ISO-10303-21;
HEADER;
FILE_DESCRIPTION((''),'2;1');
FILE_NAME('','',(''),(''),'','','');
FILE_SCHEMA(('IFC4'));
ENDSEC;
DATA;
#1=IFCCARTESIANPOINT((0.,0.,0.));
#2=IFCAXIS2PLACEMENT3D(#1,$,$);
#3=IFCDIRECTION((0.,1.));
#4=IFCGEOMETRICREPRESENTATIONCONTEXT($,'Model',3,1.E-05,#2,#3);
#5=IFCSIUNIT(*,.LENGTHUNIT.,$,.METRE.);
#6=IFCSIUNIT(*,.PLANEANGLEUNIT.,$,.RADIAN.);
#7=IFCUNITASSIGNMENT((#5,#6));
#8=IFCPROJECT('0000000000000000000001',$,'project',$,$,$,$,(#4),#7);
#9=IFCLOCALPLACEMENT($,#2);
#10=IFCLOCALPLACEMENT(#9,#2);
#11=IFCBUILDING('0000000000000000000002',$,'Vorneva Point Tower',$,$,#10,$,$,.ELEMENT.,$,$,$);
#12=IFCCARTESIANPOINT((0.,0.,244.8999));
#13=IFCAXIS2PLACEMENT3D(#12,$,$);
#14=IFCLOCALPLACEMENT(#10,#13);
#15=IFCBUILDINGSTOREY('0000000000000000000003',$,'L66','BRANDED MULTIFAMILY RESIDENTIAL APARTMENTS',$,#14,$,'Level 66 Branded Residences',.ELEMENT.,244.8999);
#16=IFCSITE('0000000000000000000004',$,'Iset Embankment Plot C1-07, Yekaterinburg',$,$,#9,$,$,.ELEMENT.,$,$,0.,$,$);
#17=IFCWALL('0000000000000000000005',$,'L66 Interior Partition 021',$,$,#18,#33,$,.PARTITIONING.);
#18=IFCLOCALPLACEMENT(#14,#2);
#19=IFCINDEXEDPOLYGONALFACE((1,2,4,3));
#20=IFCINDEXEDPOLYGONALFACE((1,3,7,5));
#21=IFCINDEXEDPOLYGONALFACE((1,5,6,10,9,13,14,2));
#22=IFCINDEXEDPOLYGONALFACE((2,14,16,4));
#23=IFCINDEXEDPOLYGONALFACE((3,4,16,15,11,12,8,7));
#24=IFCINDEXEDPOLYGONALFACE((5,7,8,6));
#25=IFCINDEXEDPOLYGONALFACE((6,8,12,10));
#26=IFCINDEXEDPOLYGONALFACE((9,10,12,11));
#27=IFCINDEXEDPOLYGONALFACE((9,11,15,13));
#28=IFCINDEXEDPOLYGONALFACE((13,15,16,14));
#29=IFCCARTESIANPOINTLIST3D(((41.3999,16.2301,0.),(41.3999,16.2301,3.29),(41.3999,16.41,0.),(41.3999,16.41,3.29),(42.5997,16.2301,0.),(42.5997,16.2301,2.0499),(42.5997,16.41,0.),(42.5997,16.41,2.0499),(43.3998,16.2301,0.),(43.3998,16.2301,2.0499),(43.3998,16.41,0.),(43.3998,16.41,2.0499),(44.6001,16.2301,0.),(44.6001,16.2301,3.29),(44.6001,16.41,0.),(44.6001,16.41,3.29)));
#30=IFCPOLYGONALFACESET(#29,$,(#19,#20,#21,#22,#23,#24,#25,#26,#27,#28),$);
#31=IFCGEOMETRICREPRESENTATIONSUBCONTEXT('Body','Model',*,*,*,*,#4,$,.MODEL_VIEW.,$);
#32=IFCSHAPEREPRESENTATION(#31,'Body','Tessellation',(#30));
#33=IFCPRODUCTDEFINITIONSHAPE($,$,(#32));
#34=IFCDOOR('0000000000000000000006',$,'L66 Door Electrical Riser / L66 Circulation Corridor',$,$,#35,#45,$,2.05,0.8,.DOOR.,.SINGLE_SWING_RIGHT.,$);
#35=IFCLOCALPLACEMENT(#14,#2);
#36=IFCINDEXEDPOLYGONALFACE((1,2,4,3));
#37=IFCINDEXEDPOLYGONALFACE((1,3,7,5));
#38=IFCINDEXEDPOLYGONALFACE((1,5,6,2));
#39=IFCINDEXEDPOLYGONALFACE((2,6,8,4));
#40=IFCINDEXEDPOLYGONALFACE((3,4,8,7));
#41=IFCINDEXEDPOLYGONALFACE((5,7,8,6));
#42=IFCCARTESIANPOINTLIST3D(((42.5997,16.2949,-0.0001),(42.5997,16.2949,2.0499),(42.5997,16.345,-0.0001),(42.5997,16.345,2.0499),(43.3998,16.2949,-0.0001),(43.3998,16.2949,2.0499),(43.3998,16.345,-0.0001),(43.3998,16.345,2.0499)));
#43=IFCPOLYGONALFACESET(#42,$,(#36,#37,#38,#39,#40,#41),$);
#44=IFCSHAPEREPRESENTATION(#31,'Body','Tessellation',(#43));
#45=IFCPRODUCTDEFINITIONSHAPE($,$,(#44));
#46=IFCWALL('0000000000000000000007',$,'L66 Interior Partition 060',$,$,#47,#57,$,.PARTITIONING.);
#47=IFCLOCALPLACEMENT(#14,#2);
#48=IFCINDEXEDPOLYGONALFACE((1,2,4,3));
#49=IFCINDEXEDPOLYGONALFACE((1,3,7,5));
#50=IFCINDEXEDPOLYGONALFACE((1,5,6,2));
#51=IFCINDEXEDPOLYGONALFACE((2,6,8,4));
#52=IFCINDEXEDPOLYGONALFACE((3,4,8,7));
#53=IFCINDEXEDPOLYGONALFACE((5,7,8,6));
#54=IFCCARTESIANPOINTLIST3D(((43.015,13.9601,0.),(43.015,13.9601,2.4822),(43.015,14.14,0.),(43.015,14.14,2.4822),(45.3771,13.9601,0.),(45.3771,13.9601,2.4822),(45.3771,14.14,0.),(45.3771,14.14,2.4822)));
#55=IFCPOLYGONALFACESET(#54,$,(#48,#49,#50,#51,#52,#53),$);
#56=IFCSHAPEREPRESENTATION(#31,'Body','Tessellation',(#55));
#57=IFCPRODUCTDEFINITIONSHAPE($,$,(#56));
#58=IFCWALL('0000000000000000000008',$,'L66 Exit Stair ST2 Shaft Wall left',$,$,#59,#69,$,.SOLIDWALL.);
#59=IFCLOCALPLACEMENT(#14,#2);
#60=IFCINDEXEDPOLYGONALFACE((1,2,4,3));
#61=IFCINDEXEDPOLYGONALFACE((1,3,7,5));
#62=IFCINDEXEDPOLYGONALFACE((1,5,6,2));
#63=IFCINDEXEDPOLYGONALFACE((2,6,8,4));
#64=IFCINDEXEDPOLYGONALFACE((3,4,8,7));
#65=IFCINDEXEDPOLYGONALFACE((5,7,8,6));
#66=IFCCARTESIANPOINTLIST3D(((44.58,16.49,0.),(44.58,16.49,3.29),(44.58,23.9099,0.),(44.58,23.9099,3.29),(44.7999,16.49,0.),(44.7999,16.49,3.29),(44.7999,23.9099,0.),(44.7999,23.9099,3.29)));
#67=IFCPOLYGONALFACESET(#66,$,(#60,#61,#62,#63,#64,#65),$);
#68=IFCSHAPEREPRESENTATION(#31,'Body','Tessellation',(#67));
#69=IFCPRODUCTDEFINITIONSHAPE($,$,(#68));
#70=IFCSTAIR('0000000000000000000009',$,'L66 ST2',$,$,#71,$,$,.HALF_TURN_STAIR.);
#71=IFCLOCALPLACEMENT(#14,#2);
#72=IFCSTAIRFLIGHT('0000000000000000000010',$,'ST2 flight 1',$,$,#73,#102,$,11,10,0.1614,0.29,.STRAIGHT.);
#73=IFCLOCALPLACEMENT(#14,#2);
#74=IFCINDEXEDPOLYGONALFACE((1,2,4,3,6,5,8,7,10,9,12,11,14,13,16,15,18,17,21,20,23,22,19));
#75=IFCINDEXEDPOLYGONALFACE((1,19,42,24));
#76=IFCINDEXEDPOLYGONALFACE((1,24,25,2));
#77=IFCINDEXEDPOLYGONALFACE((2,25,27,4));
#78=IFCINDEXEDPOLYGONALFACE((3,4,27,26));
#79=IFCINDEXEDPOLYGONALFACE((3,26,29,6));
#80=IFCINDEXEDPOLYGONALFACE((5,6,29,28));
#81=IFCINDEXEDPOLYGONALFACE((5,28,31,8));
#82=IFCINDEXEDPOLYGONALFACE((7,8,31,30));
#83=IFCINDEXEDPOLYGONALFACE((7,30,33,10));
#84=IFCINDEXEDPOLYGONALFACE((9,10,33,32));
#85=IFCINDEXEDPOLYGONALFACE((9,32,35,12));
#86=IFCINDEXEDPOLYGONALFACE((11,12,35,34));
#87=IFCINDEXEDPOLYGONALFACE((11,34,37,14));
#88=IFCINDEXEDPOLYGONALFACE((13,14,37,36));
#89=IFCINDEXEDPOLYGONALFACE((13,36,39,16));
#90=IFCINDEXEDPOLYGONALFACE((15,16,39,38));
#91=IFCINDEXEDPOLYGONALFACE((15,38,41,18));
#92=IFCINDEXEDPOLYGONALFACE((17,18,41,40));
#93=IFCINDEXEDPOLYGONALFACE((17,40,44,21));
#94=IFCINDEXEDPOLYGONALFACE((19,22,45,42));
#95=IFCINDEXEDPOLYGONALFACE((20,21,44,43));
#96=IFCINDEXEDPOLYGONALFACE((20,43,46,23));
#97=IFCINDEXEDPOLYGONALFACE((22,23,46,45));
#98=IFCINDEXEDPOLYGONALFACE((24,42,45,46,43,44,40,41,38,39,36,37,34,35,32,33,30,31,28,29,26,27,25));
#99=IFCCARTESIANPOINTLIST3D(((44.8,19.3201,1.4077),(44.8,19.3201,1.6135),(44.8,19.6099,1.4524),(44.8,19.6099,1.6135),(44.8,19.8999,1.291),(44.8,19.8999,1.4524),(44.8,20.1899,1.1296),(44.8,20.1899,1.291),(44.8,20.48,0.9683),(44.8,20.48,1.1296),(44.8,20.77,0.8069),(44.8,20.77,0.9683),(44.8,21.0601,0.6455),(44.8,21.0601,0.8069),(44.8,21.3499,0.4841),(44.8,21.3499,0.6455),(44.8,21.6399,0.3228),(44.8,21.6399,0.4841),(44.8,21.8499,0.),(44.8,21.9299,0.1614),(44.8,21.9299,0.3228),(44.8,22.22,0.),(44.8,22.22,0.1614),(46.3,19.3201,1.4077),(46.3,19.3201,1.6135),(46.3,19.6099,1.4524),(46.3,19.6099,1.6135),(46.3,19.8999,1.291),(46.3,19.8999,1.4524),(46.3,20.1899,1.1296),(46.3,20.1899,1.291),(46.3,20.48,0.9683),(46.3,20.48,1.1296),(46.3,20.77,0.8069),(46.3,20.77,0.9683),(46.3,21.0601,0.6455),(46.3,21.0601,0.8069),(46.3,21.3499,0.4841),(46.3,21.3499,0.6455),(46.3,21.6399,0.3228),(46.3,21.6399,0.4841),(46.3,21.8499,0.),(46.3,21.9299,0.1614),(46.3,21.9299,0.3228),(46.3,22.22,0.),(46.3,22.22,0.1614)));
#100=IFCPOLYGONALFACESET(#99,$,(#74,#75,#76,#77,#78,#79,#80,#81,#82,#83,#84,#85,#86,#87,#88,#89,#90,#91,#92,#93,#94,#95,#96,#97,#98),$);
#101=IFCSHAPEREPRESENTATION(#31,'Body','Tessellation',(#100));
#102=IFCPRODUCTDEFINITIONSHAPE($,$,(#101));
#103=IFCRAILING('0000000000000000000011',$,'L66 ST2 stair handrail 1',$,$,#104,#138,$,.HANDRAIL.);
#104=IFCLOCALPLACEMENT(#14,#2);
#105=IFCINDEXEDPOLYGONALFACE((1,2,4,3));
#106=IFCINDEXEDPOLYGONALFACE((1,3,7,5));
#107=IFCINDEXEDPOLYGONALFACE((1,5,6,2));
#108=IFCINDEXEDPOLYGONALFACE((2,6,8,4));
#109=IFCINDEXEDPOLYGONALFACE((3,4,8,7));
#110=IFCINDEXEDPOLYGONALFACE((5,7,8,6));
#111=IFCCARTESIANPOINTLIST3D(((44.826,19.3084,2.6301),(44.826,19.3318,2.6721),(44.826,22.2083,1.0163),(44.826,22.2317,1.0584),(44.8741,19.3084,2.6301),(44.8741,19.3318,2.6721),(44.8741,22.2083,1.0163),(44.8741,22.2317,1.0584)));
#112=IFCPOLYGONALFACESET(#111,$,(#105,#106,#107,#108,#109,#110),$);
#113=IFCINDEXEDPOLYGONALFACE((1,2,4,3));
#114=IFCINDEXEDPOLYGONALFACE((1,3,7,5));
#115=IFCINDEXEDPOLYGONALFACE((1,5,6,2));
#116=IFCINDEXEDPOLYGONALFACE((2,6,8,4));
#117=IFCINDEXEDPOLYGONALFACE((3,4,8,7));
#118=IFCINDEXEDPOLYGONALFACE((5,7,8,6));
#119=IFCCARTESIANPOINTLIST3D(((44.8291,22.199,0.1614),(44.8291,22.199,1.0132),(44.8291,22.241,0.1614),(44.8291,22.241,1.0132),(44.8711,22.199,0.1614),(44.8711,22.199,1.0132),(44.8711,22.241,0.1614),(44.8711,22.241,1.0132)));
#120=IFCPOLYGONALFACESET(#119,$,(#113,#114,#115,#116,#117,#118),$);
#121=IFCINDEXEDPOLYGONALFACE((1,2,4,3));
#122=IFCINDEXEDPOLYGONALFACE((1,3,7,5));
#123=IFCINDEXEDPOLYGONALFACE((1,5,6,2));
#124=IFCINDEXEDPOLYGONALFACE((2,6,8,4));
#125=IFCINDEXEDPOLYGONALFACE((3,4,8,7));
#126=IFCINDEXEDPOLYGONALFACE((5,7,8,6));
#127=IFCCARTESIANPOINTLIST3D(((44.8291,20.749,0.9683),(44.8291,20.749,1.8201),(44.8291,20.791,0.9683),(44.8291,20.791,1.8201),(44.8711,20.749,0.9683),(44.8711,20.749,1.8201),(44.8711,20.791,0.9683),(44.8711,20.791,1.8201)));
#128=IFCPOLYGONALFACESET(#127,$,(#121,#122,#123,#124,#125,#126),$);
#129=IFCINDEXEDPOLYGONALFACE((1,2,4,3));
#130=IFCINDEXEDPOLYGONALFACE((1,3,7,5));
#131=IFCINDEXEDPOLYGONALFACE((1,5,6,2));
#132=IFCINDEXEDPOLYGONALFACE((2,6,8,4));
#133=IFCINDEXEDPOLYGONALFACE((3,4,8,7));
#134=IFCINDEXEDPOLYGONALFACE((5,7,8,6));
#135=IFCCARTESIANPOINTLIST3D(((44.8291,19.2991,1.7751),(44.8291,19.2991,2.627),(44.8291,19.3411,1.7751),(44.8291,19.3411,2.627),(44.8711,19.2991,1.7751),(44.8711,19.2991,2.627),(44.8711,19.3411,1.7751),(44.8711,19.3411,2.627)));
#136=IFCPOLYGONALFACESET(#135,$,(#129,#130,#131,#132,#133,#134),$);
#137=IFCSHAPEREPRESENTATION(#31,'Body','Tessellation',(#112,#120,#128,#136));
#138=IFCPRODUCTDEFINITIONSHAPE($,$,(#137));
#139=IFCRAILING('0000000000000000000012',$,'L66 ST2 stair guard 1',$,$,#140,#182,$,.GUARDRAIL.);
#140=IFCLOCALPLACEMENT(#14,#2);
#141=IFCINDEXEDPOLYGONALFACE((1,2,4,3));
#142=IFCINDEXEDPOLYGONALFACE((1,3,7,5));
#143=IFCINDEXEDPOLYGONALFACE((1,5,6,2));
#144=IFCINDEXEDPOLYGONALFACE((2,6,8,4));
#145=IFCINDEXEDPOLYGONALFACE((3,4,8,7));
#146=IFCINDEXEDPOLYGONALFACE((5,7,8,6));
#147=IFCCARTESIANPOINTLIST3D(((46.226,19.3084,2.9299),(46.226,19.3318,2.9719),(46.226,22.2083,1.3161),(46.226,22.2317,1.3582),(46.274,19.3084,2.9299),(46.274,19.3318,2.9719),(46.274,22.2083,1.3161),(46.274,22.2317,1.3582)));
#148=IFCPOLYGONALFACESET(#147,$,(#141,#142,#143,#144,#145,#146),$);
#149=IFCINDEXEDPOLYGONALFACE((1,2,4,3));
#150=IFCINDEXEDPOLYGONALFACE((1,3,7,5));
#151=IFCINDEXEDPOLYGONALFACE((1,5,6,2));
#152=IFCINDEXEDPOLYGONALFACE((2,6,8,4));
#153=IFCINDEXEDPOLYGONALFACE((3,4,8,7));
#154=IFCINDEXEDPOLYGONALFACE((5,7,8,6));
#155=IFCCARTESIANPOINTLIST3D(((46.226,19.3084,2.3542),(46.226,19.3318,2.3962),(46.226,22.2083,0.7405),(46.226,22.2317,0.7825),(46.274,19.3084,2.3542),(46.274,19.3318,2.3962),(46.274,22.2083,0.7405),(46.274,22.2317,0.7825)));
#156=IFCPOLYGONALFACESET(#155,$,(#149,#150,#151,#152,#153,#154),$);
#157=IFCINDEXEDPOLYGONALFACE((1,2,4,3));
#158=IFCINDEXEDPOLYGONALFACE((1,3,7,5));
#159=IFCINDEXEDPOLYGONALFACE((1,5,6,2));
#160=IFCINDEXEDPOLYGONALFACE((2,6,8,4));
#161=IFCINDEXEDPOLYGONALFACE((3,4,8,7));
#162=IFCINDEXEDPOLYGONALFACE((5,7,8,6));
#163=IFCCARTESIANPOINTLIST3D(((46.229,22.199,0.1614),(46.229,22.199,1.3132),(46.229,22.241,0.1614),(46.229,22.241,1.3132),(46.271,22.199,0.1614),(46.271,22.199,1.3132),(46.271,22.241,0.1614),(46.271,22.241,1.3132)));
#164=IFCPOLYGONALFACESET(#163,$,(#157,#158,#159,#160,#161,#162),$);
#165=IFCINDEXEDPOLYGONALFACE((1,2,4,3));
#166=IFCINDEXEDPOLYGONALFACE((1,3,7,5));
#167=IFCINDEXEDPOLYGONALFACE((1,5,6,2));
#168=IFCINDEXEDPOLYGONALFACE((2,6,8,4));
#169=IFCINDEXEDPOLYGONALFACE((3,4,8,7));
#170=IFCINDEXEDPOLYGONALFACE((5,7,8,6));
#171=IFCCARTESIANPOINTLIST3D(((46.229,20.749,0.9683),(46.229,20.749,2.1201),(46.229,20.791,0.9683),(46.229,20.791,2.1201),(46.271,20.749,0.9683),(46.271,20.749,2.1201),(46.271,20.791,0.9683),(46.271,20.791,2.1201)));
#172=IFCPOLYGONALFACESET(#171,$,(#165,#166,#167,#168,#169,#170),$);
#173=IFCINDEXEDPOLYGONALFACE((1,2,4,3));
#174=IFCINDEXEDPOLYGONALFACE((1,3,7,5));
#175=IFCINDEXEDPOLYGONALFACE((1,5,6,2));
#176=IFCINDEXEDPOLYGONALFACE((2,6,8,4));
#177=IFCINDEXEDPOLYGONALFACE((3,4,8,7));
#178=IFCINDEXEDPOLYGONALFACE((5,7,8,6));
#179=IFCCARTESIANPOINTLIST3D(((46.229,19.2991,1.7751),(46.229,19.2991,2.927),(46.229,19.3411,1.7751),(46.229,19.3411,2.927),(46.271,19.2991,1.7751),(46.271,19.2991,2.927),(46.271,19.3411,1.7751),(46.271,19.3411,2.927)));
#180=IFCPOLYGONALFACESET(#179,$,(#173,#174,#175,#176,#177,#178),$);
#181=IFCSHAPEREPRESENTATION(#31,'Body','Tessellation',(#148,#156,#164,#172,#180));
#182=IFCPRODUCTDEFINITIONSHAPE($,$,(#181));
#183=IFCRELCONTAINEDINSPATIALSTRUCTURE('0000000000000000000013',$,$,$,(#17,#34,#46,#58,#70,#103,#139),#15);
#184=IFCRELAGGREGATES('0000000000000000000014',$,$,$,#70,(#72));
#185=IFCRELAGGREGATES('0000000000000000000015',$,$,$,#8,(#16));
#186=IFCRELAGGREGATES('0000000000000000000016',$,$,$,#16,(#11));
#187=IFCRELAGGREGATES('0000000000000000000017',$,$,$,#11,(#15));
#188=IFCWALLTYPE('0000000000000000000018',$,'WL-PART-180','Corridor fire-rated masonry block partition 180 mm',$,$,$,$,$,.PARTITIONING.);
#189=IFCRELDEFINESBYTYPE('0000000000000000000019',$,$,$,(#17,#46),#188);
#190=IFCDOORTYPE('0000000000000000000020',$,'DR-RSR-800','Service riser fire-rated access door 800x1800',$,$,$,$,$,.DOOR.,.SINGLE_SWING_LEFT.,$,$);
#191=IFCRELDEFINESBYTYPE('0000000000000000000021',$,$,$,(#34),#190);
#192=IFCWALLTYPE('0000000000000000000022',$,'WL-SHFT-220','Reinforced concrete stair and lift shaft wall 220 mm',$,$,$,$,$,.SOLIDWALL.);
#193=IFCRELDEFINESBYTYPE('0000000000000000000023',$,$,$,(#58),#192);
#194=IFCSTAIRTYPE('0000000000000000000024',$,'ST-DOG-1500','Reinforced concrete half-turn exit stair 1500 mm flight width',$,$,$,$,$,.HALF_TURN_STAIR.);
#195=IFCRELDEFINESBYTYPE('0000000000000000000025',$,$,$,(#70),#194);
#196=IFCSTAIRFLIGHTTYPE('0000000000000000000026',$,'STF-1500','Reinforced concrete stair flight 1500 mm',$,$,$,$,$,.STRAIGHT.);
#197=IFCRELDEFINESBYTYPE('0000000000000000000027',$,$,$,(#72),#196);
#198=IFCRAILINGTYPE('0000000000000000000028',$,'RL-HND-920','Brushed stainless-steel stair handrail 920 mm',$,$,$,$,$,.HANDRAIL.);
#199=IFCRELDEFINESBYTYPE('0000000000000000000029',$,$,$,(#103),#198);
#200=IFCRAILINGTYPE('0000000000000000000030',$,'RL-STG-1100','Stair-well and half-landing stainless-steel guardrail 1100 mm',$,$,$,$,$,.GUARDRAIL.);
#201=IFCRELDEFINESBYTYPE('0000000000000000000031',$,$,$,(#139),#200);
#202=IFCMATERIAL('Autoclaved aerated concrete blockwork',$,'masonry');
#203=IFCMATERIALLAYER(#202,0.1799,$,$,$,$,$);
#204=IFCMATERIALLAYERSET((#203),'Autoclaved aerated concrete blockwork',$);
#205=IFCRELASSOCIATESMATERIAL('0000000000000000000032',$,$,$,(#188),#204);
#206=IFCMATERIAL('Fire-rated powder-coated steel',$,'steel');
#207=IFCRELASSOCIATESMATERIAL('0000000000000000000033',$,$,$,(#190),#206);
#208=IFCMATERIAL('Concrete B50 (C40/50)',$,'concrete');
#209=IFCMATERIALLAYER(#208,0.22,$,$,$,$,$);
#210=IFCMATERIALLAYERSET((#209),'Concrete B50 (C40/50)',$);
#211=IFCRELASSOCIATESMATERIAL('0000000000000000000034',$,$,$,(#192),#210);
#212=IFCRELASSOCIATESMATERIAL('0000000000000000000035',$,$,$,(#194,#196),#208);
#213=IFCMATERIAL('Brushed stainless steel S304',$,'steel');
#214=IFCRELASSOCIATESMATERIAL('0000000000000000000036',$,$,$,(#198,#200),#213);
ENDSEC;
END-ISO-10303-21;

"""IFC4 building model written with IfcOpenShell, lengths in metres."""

from ifc_helpers import new_model, si_unit, direction, frame, frame_2d, origin, origin_2d, place, context, subcontext, project, spatial, polyline, rectangle, outline, extrude, material, layer, layer_set, type_object, element, fill, aggregate, save


model = new_model("IFC4")

# Units and contexts
model_context = context("Model", 3, precision=1e-05, world=origin(), true_north=direction((0.0, 1.0)))
body_context = subcontext(model_context, "Body", "Model", "MODEL_VIEW")
ifc_project = project(units=[si_unit("LENGTHUNIT", "METRE"), si_unit("PLANEANGLEUNIT", "RADIAN")], contexts=[model_context])

# Site, building, storey
site_placement = place(None, origin())
site = spatial("IfcSite", under=ifc_project, at=site_placement, Name="Iset Embankment Plot C1-07, Yekaterinburg", CompositionType="ELEMENT", RefElevation=0.0)
building_placement = place(site_placement, origin())
building = spatial("IfcBuilding", under=site, at=building_placement, Name="Vorneva Point Tower", CompositionType="ELEMENT")
storey_placement = place(building_placement, frame((0.0, 0.0, 244.8999)))
storey = spatial("IfcBuildingStorey", under=building, at=storey_placement, Name="L66", Description="BRANDED MULTIFAMILY RESIDENTIAL APARTMENTS", LongName="Level 66 Branded Residences", CompositionType="ELEMENT", Elevation=244.8999)

# Shared definitions
ifc_material_1 = material(Name="Concrete B50 (C40/50)", Category="concrete")

# Shared definitions
ifc_material_2 = material(Name="Autoclaved aerated concrete blockwork", Category="masonry")
ifc_layer_1 = layer(ifc_material_2, 0.1799)
ifc_layer_set_1 = layer_set([ifc_layer_1], Name="Autoclaved aerated concrete blockwork")
wall_type_1 = type_object("IfcWallType", Name="WL-PART-180", Description="Corridor fire-rated masonry block partition 180 mm", PredefinedType="PARTITIONING", material=ifc_layer_set_1)

# Wall, opening, door
ifc_material_3 = material(Name="Fire-rated powder-coated steel", Category="steel")
door_type_1 = type_object("IfcDoorType", Name="DR-RSR-800", Description="Service riser fire-rated access door 800x1800", OperationType="SINGLE_SWING_LEFT", PredefinedType="DOOR", material=ifc_material_3)
wall_1_placement = place(storey_placement, frame((41.3999, 16.3201, 0.0), z_axis=(0.0, 0.0, 1.0), x_axis=(1.0, 0.0, 0.0)))
wall_1 = element("IfcWall", 1, at=wall_1_placement, inside=storey, type_object=wall_type_1, Name="L66 Interior Partition 021", PredefinedType="PARTITIONING", context=body_context, shape_type="SweptSolid", body=[
    extrude(rectangle(XDim=3.2002, YDim=0.1799, at=frame_2d((1.6001, 0.0))), origin(), (0.0, 0.0, 1.0), 3.29),
])
opening_1_placement = place(wall_1_placement, frame((1.2, 0.0, 0.0)))
opening_1 = element("IfcOpeningElement", 2, at=opening_1_placement, cuts=wall_1, PredefinedType="OPENING", context=body_context, shape_type="SweptSolid", body=[
    extrude(rectangle(XDim=0.8, YDim=2.05, at=frame_2d((0.3999, 1.0249))), frame((0.0, 0.105, 0.0), z_axis=(0.0, -1.0, 0.0), x_axis=(1.0, 0.0, 0.0)), (0.0, 0.0, 1.0), 0.2097),
])
door_1_placement = place(opening_1_placement, origin())
door_1 = element("IfcDoor", 3, at=door_1_placement, inside=storey, type_object=door_type_1, Name="L66 Door Electrical Riser / L66 Circulation Corridor", OperationType="SINGLE_SWING_RIGHT", OverallHeight=2.05, OverallWidth=0.8, PredefinedType="DOOR", context=body_context, shape_type="SweptSolid", body=[
    extrude(rectangle(XDim=0.8, YDim=2.05, at=frame_2d((0.3999, 1.0249))), frame((0.0, 0.0249, 0.0), z_axis=(0.0, -1.0, 0.0), x_axis=(1.0, 0.0, 0.0)), (0.0, 0.0, 1.0), 0.05),
])
fill(opening_1, door_1)

# Wall
wall_2_placement = place(storey_placement, frame((43.0149, 14.05, 0.0), z_axis=(0.0, 0.0, 1.0), x_axis=(1.0, 0.0, 0.0)))
element("IfcWall", 4, at=wall_2_placement, inside=storey, type_object=wall_type_1, Name="L66 Interior Partition 060", PredefinedType="PARTITIONING", context=body_context, shape_type="SweptSolid", body=[
    extrude(rectangle(XDim=2.3621, YDim=0.1799, at=frame_2d((1.1812, 0.0))), origin(), (0.0, 0.0, 1.0), 2.4822),
])

# Shared definitions
ifc_layer_2 = layer(ifc_material_1, 0.22)
ifc_layer_set_2 = layer_set([ifc_layer_2], Name="Concrete B50 (C40/50)")
wall_type_2 = type_object("IfcWallType", Name="WL-SHFT-220", Description="Reinforced concrete stair and lift shaft wall 220 mm", PredefinedType="SOLIDWALL", material=ifc_layer_set_2)

# Wall
wall_3_placement = place(storey_placement, frame((44.6899, 16.49, 0.0), z_axis=(0.0, 0.0, 1.0), x_axis=(0.0, 1.0, 0.0)))
element("IfcWall", 5, at=wall_3_placement, inside=storey, type_object=wall_type_2, Name="L66 Exit Stair ST2 Shaft Wall left", PredefinedType="SOLIDWALL", context=body_context, shape_type="SweptSolid", body=[
    extrude(rectangle(XDim=7.4199, YDim=0.22, at=frame_2d((3.71, 0.0))), origin(), (0.0, 0.0, 1.0), 3.29),
])

# Stair, stair flight
stair_type = type_object("IfcStairType", Name="ST-DOG-1500", Description="Reinforced concrete half-turn exit stair 1500 mm flight width", PredefinedType="HALF_TURN_STAIR", material=ifc_material_1)
stair_placement = place(storey_placement, origin())
stair = element("IfcStair", 6, at=stair_placement, inside=storey, type_object=stair_type, Name="L66 ST2", PredefinedType="HALF_TURN_STAIR")
stair_flight_type = type_object("IfcStairFlightType", Name="STF-1500", Description="Reinforced concrete stair flight 1500 mm", PredefinedType="STRAIGHT", material=ifc_material_1)
stair_flight_placement = place(storey_placement, frame((45.55, 22.22, 0.0), z_axis=(0.0, 0.0, 1.0), x_axis=(0.0, -1.0, 0.0)))
stair_flight = element("IfcStairFlight", 7, at=stair_flight_placement, type_object=stair_flight_type, Name="ST2 flight 1", NumberOfRisers=11, NumberOfTreads=10, PredefinedType="STRAIGHT", RiserHeight=0.1614, TreadLength=0.29, context=body_context, shape_type="SweptSolid", body=[
    extrude(outline(polyline([(0.0, 0.0), (0.0, 0.1614), (0.29, 0.1614), (0.29, 0.3228), (0.5801, 0.3228), (0.5801, 0.4841), (0.8701, 0.4841), (0.8701, 0.6455), (1.1599, 0.6455), (1.1599, 0.8069), (1.45, 0.8069), (1.45, 0.9683), (1.74, 0.9683), (1.74, 1.1296), (2.03, 1.1296), (2.03, 1.291), (2.3201, 1.291), (2.3201, 1.4524), (2.6101, 1.4524), (2.6101, 1.6135), (2.8999, 1.6135), (2.8999, 1.7749), (2.8999, 1.4077), (0.3701, 0.0), (0.0, 0.0)])), frame((0.0, 0.75, 0.0), z_axis=(0.0, -1.0, 0.0), x_axis=(1.0, 0.0, 0.0)), (0.0, 0.0, 1.0), 1.5),
])
aggregate(stair, [stair_flight])

# Railings
ifc_material_4 = material(Name="Brushed stainless steel S304", Category="steel")
railing_type_1 = type_object("IfcRailingType", Name="RL-HND-920", Description="Brushed stainless-steel stair handrail 920 mm", PredefinedType="HANDRAIL", material=ifc_material_4)
railing_1_placement = place(storey_placement, frame((44.8501, 22.22, 0.1614)))
element("IfcRailing", 8, at=railing_1_placement, inside=storey, type_object=railing_type_1, Name="L66 ST2 stair handrail 1", PredefinedType="HANDRAIL", context=body_context, shape_type="SweptSolid", body=[
    extrude(rectangle(XDim=0.0481, YDim=0.0481, at=origin_2d()), frame((0.0, 0.0, 0.876), z_axis=(0.0, -0.87381, 0.486267), x_axis=(1.0, 0.0, 0.0)), (0.0, 0.0, 1.0), 3.3186),
    extrude(rectangle(XDim=0.042, YDim=0.042, at=origin_2d()), origin(), (0.0, 0.0, 1.0), 0.8518),
    extrude(rectangle(XDim=0.042, YDim=0.042, at=origin_2d()), frame((0.0, -1.45, 0.8069)), (0.0, 0.0, 1.0), 0.8518),
    extrude(rectangle(XDim=0.042, YDim=0.042, at=origin_2d()), frame((0.0, -2.8999, 1.6138)), (0.0, 0.0, 1.0), 0.8518),
])
railing_type_2 = type_object("IfcRailingType", Name="RL-STG-1100", Description="Stair-well and half-landing stainless-steel guardrail 1100 mm", PredefinedType="GUARDRAIL", material=ifc_material_4)
railing_2_placement = place(storey_placement, frame((46.25, 22.22, 0.1614)))
element("IfcRailing", 9, at=railing_2_placement, inside=storey, type_object=railing_type_2, Name="L66 ST2 stair guard 1", PredefinedType="GUARDRAIL", context=body_context, shape_type="SweptSolid", body=[
    extrude(rectangle(XDim=0.0481, YDim=0.0481, at=origin_2d()), frame((0.0, 0.0, 1.1758), z_axis=(0.0, -0.87381, 0.486267), x_axis=(1.0, 0.0, 0.0)), (0.0, 0.0, 1.0), 3.3186),
    extrude(rectangle(XDim=0.0481, YDim=0.0481, at=origin_2d()), frame((0.0, 0.0, 0.6001), z_axis=(0.0, -0.87381, 0.486267), x_axis=(1.0, 0.0, 0.0)), (0.0, 0.0, 1.0), 3.3186),
    extrude(rectangle(XDim=0.042, YDim=0.042, at=origin_2d()), origin(), (0.0, 0.0, 1.0), 1.1519),
    extrude(rectangle(XDim=0.042, YDim=0.042, at=origin_2d()), frame((0.0, -1.45, 0.8069)), (0.0, 0.0, 1.0), 1.1519),
    extrude(rectangle(XDim=0.042, YDim=0.042, at=origin_2d()), frame((0.0, -2.8999, 1.6138)), (0.0, 0.0, 1.0), 1.1519),
])

save(model, "model.ifc")
